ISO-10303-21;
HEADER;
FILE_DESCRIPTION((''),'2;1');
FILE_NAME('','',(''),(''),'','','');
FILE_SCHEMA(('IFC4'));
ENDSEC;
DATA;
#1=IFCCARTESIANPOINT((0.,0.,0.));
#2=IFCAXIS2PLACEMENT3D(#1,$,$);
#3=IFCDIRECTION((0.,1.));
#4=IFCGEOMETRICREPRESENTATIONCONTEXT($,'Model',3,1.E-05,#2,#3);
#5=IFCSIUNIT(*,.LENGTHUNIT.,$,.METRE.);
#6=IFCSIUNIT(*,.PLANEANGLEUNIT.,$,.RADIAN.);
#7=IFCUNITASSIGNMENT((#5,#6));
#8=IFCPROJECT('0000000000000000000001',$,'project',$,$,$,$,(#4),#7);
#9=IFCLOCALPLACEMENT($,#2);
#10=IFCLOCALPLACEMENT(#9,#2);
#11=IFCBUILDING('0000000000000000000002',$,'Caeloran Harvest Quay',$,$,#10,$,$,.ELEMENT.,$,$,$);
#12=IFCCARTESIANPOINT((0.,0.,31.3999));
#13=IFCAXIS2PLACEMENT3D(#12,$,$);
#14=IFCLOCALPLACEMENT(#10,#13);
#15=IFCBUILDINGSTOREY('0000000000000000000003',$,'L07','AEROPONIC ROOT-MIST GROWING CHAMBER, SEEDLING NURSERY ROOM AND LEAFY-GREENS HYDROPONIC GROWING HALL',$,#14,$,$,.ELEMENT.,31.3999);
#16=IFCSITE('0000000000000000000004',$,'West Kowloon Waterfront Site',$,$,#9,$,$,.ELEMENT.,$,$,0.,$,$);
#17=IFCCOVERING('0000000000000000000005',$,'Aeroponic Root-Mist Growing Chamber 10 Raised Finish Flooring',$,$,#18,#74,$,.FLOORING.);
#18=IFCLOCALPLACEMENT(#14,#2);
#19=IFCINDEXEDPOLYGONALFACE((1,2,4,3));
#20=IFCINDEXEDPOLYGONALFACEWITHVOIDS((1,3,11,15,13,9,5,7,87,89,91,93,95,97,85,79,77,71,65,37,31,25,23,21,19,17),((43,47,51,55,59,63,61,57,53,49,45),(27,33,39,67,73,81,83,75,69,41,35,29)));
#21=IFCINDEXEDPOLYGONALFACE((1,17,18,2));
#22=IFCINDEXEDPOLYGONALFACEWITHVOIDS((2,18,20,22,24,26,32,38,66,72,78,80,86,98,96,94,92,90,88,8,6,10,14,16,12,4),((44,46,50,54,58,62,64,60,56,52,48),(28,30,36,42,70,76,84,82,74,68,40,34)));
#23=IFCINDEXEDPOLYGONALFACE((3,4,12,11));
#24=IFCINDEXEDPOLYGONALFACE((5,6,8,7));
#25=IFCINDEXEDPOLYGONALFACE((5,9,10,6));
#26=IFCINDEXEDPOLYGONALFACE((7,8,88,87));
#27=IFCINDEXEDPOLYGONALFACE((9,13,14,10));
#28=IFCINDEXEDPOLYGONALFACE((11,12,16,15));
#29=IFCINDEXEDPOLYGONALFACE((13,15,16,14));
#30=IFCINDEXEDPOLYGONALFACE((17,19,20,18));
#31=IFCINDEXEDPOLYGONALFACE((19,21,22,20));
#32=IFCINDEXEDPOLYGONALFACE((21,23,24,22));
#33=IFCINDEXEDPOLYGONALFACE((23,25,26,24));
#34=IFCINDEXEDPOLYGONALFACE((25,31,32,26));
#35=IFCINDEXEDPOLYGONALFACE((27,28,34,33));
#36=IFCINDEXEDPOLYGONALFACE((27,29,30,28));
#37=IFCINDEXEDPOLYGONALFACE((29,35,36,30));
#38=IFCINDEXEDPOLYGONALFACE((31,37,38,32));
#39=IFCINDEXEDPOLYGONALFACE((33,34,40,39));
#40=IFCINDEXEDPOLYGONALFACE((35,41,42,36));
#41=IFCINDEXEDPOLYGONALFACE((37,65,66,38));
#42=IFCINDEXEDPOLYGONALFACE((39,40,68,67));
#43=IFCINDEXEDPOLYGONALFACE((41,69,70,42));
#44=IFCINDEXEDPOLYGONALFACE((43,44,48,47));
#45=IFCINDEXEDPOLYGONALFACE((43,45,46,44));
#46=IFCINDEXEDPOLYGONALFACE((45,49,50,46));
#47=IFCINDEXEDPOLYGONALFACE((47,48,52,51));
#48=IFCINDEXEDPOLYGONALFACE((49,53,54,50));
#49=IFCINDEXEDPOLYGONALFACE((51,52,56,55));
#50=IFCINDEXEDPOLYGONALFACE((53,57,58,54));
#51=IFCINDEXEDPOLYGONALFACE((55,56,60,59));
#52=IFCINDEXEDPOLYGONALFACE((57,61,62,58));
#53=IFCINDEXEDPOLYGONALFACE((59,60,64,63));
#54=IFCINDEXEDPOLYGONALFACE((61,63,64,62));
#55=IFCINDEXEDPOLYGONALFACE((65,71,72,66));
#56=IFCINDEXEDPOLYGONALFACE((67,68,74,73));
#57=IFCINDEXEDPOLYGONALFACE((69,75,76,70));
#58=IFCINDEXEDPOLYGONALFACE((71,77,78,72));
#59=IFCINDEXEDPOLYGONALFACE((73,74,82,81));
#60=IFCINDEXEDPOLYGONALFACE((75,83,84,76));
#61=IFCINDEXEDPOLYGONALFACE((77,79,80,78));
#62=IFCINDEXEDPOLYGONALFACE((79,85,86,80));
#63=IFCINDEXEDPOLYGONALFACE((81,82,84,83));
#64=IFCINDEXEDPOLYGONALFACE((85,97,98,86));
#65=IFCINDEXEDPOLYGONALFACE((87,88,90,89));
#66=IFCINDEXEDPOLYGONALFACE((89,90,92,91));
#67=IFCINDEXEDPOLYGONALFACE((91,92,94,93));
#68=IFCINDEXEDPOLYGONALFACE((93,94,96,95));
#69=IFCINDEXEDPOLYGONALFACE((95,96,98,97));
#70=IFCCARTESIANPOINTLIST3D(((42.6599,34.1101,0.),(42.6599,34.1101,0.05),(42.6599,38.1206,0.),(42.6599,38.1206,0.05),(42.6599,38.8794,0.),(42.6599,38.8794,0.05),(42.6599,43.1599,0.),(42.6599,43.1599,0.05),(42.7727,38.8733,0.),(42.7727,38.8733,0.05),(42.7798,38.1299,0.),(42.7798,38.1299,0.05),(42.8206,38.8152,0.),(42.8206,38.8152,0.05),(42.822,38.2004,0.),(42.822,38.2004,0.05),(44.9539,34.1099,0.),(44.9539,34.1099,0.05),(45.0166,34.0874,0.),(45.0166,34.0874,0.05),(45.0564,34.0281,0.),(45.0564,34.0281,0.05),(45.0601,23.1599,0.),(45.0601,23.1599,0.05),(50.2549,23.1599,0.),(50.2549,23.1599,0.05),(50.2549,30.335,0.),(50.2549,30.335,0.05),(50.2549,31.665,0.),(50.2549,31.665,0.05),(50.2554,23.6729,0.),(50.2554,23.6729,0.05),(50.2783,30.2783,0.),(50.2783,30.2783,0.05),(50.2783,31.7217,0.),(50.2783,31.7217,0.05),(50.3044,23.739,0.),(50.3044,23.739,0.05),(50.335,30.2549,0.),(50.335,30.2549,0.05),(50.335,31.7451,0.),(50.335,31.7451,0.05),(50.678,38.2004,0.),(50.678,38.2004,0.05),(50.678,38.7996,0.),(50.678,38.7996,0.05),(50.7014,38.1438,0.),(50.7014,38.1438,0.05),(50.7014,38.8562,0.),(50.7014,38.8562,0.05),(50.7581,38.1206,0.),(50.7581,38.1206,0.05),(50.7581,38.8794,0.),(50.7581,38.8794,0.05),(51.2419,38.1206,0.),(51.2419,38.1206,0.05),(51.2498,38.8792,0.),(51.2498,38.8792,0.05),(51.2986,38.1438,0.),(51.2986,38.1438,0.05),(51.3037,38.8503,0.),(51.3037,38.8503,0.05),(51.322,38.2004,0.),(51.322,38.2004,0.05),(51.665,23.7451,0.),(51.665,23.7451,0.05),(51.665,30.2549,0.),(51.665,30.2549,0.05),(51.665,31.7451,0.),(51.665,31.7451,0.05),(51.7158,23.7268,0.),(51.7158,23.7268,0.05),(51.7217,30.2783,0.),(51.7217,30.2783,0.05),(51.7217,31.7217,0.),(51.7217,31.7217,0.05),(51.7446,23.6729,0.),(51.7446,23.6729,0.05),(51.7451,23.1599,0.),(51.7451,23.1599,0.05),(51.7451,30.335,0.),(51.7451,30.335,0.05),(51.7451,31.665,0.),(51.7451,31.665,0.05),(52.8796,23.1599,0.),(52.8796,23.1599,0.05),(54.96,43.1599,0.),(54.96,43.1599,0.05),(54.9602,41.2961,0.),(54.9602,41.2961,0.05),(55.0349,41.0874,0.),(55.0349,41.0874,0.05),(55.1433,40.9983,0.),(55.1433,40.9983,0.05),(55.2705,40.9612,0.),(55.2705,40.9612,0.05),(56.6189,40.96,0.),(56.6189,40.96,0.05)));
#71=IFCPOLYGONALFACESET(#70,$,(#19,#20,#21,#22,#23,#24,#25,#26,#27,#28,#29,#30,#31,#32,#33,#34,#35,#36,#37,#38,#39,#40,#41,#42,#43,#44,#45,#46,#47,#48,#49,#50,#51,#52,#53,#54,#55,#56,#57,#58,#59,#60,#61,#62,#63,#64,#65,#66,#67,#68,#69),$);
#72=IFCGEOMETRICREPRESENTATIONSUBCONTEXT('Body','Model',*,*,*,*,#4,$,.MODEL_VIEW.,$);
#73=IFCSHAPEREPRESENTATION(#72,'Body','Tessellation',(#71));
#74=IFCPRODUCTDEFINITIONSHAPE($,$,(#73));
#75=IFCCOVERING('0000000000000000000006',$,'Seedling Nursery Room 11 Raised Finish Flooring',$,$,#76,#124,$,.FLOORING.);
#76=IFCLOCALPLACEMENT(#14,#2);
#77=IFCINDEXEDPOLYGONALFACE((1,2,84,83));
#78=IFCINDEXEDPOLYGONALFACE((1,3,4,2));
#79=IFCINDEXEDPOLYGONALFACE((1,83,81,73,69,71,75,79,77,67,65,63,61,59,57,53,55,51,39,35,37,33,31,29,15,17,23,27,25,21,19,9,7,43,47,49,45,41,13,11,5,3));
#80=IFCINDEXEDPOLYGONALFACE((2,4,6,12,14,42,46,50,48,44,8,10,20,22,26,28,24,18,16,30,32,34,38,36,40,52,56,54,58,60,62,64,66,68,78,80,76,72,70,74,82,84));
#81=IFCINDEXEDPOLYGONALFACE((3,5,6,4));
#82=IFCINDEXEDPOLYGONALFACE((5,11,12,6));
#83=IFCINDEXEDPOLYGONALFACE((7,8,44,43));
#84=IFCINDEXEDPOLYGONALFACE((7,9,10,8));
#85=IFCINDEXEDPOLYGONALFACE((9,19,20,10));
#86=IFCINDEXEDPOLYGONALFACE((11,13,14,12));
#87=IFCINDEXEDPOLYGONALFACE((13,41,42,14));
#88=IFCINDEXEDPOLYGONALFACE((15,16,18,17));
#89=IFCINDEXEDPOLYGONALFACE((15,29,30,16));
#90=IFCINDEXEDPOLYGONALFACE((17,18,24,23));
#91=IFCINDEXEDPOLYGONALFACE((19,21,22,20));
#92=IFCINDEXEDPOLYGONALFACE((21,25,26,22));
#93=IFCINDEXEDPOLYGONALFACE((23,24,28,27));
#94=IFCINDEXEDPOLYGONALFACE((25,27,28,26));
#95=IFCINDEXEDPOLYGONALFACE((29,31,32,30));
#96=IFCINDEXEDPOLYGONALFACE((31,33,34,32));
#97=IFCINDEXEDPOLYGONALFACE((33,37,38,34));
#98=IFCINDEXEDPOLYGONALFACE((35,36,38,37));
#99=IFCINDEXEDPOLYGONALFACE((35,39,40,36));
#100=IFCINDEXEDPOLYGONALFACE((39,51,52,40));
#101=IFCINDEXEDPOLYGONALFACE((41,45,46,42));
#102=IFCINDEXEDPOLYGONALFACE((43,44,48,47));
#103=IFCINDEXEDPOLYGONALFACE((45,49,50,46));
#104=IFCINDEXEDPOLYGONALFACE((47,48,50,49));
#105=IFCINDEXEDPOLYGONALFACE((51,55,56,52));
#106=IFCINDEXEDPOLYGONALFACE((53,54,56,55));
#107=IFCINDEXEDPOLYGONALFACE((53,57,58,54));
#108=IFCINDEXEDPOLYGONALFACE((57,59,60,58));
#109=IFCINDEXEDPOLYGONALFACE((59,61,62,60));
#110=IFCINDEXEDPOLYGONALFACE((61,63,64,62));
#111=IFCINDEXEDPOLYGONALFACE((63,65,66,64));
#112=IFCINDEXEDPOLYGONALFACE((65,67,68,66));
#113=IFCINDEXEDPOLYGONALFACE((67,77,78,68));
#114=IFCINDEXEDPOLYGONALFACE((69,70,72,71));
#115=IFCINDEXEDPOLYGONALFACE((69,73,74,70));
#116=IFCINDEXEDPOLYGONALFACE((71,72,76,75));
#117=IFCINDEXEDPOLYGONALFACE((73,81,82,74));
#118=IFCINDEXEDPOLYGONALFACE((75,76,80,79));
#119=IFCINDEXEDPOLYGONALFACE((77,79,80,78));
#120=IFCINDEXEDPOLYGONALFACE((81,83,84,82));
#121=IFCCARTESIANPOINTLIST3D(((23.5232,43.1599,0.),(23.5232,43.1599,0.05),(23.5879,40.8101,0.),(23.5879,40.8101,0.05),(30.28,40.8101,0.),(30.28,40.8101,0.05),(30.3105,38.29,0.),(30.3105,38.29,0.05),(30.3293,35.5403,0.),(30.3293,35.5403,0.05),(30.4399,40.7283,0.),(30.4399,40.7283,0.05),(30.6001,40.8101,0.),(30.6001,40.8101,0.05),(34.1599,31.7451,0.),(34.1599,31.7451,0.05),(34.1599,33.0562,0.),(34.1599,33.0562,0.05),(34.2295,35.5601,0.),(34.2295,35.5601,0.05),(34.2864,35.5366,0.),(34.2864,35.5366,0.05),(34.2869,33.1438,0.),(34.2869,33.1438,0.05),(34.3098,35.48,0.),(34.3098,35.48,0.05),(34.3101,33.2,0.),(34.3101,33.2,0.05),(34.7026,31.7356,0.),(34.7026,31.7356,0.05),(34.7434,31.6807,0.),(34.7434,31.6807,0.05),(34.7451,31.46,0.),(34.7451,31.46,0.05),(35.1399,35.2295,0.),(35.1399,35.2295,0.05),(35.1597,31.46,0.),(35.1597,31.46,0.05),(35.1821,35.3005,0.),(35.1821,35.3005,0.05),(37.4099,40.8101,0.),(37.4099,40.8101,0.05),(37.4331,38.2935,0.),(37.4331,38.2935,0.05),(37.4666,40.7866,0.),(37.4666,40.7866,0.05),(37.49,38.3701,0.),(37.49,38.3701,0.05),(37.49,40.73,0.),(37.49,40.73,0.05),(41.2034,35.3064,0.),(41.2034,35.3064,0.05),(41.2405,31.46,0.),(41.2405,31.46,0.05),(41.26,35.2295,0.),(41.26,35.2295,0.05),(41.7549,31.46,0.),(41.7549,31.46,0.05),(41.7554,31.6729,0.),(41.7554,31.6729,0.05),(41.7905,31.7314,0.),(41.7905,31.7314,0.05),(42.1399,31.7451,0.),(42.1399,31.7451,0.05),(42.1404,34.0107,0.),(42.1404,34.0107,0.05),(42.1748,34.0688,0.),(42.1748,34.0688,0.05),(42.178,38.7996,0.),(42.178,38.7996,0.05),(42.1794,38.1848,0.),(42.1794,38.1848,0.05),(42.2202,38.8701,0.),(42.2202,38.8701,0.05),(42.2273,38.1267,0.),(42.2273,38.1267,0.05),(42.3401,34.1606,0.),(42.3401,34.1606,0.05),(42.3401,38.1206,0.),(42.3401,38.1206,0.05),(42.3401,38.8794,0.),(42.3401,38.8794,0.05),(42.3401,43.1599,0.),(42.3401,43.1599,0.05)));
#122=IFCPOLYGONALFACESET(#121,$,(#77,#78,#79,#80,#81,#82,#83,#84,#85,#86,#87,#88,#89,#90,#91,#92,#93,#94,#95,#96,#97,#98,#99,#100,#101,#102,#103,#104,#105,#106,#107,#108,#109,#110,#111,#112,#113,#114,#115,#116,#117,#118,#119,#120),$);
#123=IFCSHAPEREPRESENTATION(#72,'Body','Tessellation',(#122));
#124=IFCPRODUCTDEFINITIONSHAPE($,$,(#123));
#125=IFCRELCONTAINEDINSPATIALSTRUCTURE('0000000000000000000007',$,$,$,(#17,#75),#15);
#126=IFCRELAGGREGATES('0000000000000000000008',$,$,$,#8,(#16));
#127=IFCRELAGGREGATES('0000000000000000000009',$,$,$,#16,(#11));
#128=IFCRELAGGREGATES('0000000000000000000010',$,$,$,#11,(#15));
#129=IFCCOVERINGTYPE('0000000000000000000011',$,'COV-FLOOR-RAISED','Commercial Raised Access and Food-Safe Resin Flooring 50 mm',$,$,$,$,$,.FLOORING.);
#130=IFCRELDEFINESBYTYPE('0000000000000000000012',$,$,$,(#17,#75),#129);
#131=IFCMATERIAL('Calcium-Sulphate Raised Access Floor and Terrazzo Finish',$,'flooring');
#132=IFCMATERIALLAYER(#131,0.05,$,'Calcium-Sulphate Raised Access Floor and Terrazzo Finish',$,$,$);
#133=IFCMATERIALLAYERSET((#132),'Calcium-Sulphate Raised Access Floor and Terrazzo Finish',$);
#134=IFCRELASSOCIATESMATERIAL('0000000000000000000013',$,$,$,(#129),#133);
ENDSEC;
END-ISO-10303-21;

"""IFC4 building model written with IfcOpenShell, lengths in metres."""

from ifc_helpers import new_model, si_unit, direction, frame, origin, place, context, subcontext, project, spatial, polyline, outline, extrude, material, layer, layer_set, type_object, element, save


model = new_model("IFC4")

# Units and contexts
model_context = context("Model", 3, precision=1e-05, world=origin(), true_north=direction((0.0, 1.0)))
body_context = subcontext(model_context, "Body", "Model", "MODEL_VIEW")
ifc_project = project(units=[si_unit("LENGTHUNIT", "METRE"), si_unit("PLANEANGLEUNIT", "RADIAN")], contexts=[model_context])

# Site, building, storey
site_placement = place(None, origin())
site = spatial("IfcSite", under=ifc_project, at=site_placement, Name="West Kowloon Waterfront Site", CompositionType="ELEMENT", RefElevation=0.0)
building_placement = place(site_placement, origin())
building = spatial("IfcBuilding", under=site, at=building_placement, Name="Caeloran Harvest Quay", CompositionType="ELEMENT")
storey_placement = place(building_placement, frame((0.0, 0.0, 31.3999)))
storey = spatial("IfcBuildingStorey", under=building, at=storey_placement, Name="L07", Description="AEROPONIC ROOT-MIST GROWING CHAMBER, SEEDLING NURSERY ROOM AND LEAFY-GREENS HYDROPONIC GROWING HALL", CompositionType="ELEMENT", Elevation=31.3999)

# Coverings
ifc_material_1 = material(Name="Calcium-Sulphate Raised Access Floor and Terrazzo Finish", Category="flooring")
ifc_layer_1 = layer(ifc_material_1, 0.05, Name="Calcium-Sulphate Raised Access Floor and Terrazzo Finish")
ifc_layer_set_1 = layer_set([ifc_layer_1], Name="Calcium-Sulphate Raised Access Floor and Terrazzo Finish")
covering_type_1 = type_object("IfcCoveringType", Name="COV-FLOOR-RAISED", Description="Commercial Raised Access and Food-Safe Resin Flooring 50 mm", PredefinedType="FLOORING", material=ifc_layer_set_1)
covering_1_placement = place(storey_placement, origin())
element("IfcCovering", 1, at=covering_1_placement, inside=storey, type_object=covering_type_1, Name="Aeroponic Root-Mist Growing Chamber 10 Raised Finish Flooring", PredefinedType="FLOORING", context=body_context, shape_type="SweptSolid", body=[
    extrude(outline(polyline([(45.0564, 34.0281), (45.0166, 34.0874), (44.9539, 34.1099), (42.6599, 34.1101), (42.6599, 38.1206), (42.7798, 38.1299), (42.822, 38.2004), (42.8206, 38.8152), (42.7727, 38.8733), (42.6599, 38.8794), (42.6599, 43.1599), (54.96, 43.1599), (54.9602, 41.2961), (55.0349, 41.0874), (55.1433, 40.9983), (55.2705, 40.9612), (56.6189, 40.96), (52.8796, 23.1599), (51.7451, 23.1599), (51.7446, 23.6729), (51.7158, 23.7268), (51.665, 23.7451), (50.3044, 23.739), (50.2554, 23.6729), (50.2549, 23.1599), (45.0601, 23.1599), (45.0564, 34.0281)]), holes=[polyline([(51.7451, 31.665), (51.7217, 31.7217), (51.665, 31.7451), (50.335, 31.7451), (50.2783, 31.7217), (50.2549, 31.665), (50.2549, 30.335), (50.2783, 30.2783), (50.335, 30.2549), (51.665, 30.2549), (51.7217, 30.2783), (51.7451, 30.335), (51.7451, 31.665)]), polyline([(51.322, 38.2004), (51.3037, 38.8503), (51.2498, 38.8792), (50.7581, 38.8794), (50.7014, 38.8562), (50.678, 38.7996), (50.678, 38.2004), (50.7014, 38.1438), (50.7581, 38.1206), (51.2419, 38.1206), (51.2986, 38.1438), (51.322, 38.2004)])]), origin(), (0.0, 0.0, 1.0), 0.05),
])
covering_2_placement = place(storey_placement, origin())
element("IfcCovering", 2, at=covering_2_placement, inside=storey, type_object=covering_type_1, Name="Seedling Nursery Room 11 Raised Finish Flooring", PredefinedType="FLOORING", context=body_context, shape_type="SweptSolid", body=[
    extrude(outline(polyline([(37.49, 40.73), (37.4666, 40.7866), (37.4099, 40.8101), (30.6001, 40.8101), (30.4399, 40.7283), (30.28, 40.8101), (23.5879, 40.8101), (23.5232, 43.1599), (42.3401, 43.1599), (42.3401, 38.8794), (42.2202, 38.8701), (42.178, 38.7996), (42.1794, 38.1848), (42.2273, 38.1267), (42.3401, 38.1206), (42.3401, 34.1606), (42.1748, 34.0688), (42.1404, 34.0107), (42.1399, 31.7451), (41.7905, 31.7314), (41.7554, 31.6729), (41.7549, 31.46), (41.2405, 31.46), (41.26, 35.2295), (41.2034, 35.3064), (35.1821, 35.3005), (35.1399, 35.2295), (35.1597, 31.46), (34.7451, 31.46), (34.7434, 31.6807), (34.7026, 31.7356), (34.1599, 31.7451), (34.1599, 33.0562), (34.2869, 33.1438), (34.3101, 33.2), (34.3098, 35.48), (34.2864, 35.5366), (34.2295, 35.5601), (30.3293, 35.5403), (30.3105, 38.29), (37.4331, 38.2935), (37.49, 38.3701), (37.49, 40.73)])), origin(), (0.0, 0.0, 1.0), 0.05),
])

save(model, "model.ifc")
